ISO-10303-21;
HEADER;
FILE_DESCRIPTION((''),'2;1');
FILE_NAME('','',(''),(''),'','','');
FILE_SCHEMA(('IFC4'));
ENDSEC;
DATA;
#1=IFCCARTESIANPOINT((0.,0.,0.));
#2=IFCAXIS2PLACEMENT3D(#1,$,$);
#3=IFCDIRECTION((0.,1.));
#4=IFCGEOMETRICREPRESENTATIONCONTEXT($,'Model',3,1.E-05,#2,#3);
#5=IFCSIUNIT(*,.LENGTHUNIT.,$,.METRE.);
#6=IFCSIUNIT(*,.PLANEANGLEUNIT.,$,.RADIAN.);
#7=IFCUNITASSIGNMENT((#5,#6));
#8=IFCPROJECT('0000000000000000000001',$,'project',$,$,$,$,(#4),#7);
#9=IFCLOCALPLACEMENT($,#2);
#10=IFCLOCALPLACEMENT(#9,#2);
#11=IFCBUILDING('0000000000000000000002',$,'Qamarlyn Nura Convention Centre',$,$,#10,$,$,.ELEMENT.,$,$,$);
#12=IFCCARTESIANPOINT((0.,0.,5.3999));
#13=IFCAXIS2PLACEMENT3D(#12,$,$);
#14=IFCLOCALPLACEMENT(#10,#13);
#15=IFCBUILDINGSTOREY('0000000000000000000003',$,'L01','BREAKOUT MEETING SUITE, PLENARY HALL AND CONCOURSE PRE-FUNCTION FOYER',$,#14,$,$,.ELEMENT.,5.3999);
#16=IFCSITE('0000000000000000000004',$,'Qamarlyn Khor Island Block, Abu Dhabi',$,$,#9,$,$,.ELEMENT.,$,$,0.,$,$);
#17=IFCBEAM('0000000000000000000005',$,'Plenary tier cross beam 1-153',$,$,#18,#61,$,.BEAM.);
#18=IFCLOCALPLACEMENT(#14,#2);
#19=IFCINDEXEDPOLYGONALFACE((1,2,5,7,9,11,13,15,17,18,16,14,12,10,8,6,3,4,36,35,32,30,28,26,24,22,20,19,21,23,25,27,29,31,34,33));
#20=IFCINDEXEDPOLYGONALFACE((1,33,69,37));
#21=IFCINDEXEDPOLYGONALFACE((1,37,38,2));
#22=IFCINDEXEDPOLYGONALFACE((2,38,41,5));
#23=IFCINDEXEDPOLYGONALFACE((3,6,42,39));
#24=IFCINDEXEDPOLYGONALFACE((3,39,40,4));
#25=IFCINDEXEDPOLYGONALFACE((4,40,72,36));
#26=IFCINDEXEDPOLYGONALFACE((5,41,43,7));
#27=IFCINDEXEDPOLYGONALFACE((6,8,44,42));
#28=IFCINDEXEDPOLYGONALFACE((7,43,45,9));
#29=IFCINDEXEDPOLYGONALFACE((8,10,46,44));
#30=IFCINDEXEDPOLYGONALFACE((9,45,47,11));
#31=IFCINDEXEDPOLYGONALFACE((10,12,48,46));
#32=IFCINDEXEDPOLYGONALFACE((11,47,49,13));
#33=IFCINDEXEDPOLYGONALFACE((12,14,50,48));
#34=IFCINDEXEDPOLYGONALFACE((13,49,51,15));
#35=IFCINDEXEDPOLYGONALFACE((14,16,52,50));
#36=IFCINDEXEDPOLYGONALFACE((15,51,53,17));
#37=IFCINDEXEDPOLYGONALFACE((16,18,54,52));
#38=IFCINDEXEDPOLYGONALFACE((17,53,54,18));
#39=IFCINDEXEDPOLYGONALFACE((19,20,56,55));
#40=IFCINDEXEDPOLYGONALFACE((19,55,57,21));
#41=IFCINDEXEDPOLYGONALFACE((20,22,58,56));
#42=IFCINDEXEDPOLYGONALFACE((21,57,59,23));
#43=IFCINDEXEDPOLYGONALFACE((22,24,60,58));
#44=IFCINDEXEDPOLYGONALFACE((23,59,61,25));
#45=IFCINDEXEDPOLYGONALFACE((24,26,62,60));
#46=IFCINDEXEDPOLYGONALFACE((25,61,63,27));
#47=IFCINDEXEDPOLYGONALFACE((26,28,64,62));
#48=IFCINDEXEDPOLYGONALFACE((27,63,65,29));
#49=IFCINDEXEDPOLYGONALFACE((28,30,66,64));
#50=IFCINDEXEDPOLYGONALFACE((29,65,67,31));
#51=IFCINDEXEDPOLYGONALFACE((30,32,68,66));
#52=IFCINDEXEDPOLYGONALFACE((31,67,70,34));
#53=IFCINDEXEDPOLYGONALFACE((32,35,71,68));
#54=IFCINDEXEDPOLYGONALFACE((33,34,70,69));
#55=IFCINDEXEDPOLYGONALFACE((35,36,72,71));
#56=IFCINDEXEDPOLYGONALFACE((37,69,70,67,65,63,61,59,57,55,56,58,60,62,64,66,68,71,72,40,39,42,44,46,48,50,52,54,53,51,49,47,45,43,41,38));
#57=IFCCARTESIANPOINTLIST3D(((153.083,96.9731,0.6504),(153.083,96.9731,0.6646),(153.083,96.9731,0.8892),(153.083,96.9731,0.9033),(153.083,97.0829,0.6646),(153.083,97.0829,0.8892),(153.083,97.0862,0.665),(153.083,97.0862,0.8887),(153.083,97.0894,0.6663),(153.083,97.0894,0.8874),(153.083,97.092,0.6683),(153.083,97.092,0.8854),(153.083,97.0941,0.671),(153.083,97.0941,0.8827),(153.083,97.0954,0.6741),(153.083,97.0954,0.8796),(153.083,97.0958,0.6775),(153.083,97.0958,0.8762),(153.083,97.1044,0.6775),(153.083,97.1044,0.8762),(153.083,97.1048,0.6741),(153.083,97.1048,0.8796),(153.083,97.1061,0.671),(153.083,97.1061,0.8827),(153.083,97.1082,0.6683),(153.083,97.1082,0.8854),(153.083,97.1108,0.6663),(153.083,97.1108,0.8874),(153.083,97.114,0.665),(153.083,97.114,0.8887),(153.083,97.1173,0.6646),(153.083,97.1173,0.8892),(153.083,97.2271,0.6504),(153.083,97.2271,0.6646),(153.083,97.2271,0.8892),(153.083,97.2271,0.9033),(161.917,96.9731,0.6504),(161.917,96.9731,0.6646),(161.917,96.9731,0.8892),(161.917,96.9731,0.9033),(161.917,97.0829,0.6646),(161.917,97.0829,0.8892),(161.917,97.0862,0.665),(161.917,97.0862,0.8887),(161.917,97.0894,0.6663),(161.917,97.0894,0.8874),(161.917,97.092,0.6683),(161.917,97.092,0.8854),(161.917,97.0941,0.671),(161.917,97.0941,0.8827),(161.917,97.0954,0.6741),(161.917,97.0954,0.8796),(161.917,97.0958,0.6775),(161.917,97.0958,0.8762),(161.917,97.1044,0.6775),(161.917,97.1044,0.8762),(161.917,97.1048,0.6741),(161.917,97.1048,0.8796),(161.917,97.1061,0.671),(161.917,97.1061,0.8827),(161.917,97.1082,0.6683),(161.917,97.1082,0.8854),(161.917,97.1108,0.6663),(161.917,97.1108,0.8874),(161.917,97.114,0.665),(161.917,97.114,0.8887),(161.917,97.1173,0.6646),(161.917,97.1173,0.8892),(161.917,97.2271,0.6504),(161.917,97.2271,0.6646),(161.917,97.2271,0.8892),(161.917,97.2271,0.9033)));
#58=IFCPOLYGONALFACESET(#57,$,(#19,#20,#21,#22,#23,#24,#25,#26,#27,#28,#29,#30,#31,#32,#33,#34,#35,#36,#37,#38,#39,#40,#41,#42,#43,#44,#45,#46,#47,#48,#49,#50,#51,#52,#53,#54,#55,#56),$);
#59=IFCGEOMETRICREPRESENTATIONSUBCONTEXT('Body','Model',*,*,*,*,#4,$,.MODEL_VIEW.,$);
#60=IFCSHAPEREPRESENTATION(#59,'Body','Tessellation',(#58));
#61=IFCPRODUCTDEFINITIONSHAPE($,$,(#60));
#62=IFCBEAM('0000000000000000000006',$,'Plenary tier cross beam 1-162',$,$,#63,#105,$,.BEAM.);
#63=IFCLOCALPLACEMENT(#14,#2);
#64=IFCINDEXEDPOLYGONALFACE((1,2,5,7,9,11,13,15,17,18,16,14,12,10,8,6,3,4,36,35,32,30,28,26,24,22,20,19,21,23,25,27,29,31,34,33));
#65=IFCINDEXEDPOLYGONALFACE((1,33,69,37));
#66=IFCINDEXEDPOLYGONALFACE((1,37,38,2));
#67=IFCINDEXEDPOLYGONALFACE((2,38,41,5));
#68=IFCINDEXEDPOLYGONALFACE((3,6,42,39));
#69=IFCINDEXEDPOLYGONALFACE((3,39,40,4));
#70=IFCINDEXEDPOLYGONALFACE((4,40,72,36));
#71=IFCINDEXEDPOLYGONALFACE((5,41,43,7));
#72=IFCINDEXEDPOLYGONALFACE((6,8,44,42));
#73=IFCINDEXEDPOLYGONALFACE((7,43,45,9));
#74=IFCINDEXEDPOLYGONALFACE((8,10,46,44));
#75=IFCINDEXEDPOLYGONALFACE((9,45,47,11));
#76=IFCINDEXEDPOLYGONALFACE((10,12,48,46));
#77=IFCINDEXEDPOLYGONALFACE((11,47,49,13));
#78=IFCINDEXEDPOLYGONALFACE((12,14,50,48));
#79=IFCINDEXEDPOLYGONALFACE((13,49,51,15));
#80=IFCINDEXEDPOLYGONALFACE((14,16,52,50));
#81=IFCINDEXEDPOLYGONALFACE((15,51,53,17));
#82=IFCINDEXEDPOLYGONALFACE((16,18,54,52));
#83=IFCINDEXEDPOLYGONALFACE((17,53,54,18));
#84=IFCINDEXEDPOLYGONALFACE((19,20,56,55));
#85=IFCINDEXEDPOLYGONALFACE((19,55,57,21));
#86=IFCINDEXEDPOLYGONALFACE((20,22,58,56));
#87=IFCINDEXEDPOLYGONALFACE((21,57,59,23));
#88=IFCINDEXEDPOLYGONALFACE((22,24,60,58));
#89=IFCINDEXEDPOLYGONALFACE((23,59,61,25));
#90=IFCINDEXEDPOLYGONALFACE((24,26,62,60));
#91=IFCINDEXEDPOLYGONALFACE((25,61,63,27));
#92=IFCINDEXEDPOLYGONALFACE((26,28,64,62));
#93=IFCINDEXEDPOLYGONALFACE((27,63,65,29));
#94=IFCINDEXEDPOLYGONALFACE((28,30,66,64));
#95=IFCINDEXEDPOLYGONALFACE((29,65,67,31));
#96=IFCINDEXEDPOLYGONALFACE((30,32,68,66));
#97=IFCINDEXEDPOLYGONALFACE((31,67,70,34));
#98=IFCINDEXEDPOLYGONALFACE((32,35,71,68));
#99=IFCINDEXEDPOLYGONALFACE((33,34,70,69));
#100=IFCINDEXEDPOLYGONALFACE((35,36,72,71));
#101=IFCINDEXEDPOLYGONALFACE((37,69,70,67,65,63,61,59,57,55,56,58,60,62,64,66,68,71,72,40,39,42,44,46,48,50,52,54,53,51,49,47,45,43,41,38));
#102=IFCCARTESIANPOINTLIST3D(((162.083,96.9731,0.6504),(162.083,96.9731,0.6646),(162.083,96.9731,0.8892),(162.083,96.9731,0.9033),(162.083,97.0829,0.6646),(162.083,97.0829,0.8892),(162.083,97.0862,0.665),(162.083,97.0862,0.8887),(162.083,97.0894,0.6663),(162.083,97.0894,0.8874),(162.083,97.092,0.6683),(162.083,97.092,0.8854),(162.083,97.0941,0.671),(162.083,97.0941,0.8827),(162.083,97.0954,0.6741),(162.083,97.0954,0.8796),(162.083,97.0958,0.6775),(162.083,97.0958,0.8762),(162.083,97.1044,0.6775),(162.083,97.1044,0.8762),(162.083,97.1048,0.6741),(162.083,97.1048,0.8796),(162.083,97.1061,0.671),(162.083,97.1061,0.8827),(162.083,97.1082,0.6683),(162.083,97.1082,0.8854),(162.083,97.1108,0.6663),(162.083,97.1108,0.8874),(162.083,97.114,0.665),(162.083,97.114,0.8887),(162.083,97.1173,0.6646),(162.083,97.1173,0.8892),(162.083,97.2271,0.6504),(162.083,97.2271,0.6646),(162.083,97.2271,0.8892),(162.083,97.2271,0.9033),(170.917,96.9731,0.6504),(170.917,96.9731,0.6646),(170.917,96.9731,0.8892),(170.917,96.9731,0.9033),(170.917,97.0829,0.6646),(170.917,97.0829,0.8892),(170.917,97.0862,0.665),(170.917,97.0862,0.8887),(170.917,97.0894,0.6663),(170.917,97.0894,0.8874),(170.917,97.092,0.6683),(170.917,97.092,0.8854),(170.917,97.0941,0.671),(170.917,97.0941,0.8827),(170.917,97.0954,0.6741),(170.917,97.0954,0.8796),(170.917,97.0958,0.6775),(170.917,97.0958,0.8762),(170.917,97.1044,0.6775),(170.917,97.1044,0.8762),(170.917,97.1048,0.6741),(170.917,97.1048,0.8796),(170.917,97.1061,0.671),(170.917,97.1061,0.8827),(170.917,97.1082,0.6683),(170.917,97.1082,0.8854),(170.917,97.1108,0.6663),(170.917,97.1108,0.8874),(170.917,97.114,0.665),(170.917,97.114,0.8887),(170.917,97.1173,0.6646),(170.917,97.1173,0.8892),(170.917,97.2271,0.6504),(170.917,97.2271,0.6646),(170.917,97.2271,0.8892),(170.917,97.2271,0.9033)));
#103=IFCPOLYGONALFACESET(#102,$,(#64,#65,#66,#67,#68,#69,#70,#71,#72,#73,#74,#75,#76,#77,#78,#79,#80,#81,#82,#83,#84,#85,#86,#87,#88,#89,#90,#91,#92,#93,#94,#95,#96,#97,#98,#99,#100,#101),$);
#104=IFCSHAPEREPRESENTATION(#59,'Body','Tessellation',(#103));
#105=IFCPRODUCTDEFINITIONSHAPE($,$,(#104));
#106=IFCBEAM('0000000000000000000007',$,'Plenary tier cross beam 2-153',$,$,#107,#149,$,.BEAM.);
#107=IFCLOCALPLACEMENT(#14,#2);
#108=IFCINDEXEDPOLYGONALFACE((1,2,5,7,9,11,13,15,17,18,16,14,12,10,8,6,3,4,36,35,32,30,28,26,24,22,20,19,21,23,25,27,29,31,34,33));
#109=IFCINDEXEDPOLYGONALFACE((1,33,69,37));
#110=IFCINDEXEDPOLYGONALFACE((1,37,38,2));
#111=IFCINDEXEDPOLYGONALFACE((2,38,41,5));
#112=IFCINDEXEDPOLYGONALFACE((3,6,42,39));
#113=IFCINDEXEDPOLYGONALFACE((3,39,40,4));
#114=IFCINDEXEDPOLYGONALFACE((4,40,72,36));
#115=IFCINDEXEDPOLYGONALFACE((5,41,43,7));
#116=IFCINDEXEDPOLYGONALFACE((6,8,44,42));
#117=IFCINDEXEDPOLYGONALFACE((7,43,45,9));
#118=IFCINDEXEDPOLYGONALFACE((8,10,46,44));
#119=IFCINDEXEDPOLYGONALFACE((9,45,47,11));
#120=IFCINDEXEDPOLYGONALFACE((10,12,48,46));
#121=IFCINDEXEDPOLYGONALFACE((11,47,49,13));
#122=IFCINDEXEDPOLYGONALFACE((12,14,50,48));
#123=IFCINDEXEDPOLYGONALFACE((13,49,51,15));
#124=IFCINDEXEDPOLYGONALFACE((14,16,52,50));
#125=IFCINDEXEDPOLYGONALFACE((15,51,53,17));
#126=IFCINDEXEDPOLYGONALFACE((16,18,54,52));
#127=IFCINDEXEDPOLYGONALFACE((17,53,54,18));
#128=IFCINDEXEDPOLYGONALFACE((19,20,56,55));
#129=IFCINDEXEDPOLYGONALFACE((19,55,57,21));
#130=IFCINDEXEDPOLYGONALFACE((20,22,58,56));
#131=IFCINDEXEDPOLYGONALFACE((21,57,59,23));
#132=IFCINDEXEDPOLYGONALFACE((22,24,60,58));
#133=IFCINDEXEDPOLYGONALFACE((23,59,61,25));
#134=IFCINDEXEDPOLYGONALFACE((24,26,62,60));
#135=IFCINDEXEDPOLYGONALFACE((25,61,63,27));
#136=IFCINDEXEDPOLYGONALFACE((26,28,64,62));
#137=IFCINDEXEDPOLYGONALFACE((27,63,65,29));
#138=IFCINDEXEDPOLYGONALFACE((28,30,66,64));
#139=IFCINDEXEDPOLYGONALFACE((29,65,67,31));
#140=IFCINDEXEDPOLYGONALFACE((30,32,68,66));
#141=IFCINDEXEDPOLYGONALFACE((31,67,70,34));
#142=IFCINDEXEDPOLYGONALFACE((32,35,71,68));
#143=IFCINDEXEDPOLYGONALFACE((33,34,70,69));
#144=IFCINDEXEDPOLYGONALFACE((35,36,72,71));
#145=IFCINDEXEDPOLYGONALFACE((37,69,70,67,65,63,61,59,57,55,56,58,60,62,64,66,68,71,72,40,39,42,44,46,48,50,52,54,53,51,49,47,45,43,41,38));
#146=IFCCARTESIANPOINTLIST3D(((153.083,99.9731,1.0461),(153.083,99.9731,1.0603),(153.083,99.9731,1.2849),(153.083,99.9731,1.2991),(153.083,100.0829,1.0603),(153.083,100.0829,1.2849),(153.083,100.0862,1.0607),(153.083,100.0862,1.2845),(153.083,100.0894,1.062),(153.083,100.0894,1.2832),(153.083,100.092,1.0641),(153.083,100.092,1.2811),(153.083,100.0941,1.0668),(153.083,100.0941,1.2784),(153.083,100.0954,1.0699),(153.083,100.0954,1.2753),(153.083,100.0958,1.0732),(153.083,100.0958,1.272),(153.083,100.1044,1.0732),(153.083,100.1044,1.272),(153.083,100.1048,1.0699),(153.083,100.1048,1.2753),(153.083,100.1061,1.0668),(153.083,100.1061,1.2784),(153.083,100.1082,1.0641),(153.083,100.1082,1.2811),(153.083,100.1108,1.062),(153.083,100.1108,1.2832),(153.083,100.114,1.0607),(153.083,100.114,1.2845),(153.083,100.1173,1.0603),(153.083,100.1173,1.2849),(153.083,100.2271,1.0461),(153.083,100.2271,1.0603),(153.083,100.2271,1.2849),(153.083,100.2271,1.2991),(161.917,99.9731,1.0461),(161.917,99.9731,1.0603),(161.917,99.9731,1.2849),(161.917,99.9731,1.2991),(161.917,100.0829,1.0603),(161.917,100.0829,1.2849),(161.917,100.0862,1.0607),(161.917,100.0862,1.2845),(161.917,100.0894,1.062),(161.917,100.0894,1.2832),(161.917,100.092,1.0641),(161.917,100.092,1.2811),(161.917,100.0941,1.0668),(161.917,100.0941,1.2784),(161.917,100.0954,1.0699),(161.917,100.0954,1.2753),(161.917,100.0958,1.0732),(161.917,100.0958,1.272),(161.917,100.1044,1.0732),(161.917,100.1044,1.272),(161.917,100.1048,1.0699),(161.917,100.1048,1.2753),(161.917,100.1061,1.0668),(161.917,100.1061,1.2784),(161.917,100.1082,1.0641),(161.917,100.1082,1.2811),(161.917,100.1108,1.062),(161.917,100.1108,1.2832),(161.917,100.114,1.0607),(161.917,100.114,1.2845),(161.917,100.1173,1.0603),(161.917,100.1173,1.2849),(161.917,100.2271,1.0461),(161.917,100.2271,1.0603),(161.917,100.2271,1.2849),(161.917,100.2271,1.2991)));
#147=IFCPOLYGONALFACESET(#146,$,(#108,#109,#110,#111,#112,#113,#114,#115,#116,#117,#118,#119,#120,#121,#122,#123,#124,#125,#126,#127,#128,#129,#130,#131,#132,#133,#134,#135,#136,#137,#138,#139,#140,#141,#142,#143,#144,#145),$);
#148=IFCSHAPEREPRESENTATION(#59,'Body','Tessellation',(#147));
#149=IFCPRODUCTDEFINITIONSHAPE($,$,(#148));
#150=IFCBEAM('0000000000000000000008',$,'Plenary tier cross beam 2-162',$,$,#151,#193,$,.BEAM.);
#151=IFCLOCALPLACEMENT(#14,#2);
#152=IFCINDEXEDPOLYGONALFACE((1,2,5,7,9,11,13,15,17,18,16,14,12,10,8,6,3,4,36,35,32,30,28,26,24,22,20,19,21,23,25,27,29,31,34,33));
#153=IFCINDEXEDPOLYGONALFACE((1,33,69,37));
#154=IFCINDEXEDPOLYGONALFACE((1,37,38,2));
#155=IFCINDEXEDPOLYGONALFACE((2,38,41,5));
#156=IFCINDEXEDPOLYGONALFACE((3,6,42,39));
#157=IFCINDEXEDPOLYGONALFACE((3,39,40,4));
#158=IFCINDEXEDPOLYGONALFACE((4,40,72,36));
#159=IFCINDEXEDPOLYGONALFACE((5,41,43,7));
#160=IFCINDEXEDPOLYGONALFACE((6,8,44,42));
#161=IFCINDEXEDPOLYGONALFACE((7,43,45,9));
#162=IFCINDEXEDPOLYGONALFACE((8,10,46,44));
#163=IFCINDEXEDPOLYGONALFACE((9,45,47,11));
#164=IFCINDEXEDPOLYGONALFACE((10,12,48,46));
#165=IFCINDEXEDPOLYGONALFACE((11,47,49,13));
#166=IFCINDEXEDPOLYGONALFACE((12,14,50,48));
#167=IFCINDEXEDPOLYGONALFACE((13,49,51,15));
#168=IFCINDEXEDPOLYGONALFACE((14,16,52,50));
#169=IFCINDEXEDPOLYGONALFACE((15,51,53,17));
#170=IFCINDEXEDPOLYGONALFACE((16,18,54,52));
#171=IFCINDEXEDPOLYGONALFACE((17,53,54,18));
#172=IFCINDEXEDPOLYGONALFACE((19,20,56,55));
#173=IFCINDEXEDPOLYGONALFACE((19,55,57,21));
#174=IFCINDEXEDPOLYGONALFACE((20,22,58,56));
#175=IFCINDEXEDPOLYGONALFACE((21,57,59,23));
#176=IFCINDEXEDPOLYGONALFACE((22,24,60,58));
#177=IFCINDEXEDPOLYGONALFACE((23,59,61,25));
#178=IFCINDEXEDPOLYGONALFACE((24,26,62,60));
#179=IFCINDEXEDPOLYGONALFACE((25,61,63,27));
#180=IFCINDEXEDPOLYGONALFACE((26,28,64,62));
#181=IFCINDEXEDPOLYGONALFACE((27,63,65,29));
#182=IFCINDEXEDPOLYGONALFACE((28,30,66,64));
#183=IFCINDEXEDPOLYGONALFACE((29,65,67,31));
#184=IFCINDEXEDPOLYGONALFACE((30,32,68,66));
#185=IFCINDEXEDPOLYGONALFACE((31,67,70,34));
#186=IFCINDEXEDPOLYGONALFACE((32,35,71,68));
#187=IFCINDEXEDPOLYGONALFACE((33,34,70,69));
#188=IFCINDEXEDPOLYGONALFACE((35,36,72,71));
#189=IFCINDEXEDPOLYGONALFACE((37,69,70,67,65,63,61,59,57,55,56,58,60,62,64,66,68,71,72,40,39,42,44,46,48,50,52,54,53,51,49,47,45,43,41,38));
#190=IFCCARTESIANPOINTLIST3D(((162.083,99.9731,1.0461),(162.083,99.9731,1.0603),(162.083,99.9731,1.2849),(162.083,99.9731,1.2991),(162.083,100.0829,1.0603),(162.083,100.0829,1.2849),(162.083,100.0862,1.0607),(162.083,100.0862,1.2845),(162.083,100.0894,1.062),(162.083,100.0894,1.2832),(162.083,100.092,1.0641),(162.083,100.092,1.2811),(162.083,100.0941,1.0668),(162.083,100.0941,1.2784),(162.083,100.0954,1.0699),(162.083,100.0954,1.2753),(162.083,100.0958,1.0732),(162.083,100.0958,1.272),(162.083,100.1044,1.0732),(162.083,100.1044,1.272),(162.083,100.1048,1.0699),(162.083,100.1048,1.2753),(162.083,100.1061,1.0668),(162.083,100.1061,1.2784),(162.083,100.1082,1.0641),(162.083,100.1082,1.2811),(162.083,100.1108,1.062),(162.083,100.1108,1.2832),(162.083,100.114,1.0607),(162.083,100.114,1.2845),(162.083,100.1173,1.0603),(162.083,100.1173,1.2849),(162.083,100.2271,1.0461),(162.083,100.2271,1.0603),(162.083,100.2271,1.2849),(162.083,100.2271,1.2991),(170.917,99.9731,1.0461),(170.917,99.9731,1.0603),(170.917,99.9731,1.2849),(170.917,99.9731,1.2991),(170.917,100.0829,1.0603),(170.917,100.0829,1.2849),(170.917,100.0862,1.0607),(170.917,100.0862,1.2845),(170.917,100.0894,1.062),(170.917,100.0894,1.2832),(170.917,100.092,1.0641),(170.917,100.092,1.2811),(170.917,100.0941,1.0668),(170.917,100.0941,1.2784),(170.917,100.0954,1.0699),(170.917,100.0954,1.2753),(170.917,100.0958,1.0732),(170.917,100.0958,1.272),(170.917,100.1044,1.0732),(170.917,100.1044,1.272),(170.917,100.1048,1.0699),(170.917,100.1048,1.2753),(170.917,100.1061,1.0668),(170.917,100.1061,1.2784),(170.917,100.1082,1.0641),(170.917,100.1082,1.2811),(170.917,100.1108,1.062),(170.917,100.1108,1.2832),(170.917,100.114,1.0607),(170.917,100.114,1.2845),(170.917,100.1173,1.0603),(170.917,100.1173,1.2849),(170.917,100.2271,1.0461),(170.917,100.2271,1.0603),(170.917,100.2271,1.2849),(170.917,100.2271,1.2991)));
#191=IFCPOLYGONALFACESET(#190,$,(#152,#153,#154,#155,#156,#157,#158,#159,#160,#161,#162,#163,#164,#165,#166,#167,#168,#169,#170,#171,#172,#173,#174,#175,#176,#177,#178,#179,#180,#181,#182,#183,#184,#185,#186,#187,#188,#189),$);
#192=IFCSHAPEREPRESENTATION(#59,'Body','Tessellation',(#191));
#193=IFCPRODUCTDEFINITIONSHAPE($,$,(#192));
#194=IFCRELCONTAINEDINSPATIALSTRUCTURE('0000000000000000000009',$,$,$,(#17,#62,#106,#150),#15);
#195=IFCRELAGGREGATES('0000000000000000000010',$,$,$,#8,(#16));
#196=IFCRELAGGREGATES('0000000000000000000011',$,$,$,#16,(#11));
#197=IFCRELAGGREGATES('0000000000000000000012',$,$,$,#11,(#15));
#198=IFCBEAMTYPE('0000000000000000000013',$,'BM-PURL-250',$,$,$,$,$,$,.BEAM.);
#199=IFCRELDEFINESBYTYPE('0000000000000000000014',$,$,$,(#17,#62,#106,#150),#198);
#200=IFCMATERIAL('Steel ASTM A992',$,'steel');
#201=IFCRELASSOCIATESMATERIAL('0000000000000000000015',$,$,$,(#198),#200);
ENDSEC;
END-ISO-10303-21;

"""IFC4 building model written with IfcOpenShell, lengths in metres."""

from ifc_helpers import new_model, si_unit, direction, frame, origin, origin_2d, place, context, subcontext, project, spatial, i_section, extrude, material, material_profile, profile_set, type_object, element, save


model = new_model("IFC4")

# Units and contexts
model_context = context("Model", 3, precision=1e-05, world=origin(), true_north=direction((0.0, 1.0)))
body_context = subcontext(model_context, "Body", "Model", "MODEL_VIEW")
ifc_project = project(units=[si_unit("LENGTHUNIT", "METRE"), si_unit("PLANEANGLEUNIT", "RADIAN")], contexts=[model_context])

# Site, building, storey
site_placement = place(None, origin())
site = spatial("IfcSite", under=ifc_project, at=site_placement, Name="Qamarlyn Khor Island Block, Abu Dhabi", CompositionType="ELEMENT", RefElevation=0.0)
building_placement = place(site_placement, origin())
building = spatial("IfcBuilding", under=site, at=building_placement, Name="Qamarlyn Nura Convention Centre", CompositionType="ELEMENT")
storey_placement = place(building_placement, frame((0.0, 0.0, 5.3999)))
storey = spatial("IfcBuildingStorey", under=building, at=storey_placement, Name="L01", Description="BREAKOUT MEETING SUITE, PLENARY HALL AND CONCOURSE PRE-FUNCTION FOYER", CompositionType="ELEMENT", Elevation=5.3999)

# Beams
ifc_material_1 = material(Name="Steel ASTM A992", Category="steel")
ifc_material_profile = material_profile(ifc_material_1, i_section(OverallWidth=0.2539, OverallDepth=0.2529, WebThickness=0.0085, FlangeThickness=0.0142, FilletRadius=0.0129, at=origin_2d()), Name="W250X73")
ifc_profile_set = profile_set([ifc_material_profile], Name="Steel ASTM A992")
beam_type = type_object("IfcBeamType", Name="BM-PURL-250", PredefinedType="BEAM", material=ifc_profile_set)
for number, where, z_axis, x_axis, name in (
    (1, (153.083, 97.1001, 0.7769), (1.0, 0.0, 0.0), (0.0, 1.0, 0.0), "Plenary tier cross beam 1-153"),
    (2, (162.083, 97.1001, 0.7769), (1.0, 0.0, 0.0), (0.0, 1.0, 0.0), "Plenary tier cross beam 1-162"),
    (3, (153.083, 100.1001, 1.1726), (1.0, 0.0, 0.0), (0.0, 1.0, 0.0), "Plenary tier cross beam 2-153"),
    (4, (162.083, 100.1001, 1.1726), (1.0, 0.0, 0.0), (0.0, 1.0, 0.0), "Plenary tier cross beam 2-162"),
):
    element("IfcBeam", number, at=place(storey_placement, frame(where, z_axis=z_axis, x_axis=x_axis)), inside=storey, type_object=beam_type, Name=name, PredefinedType="BEAM", context=body_context, shape_type="SweptSolid", body=[
        extrude(i_section(OverallWidth=0.2539, OverallDepth=0.2529, WebThickness=0.0085, FlangeThickness=0.0142, FilletRadius=0.0129, at=origin_2d()), origin(), (0.0, 0.0, 1.0), 8.834),
    ])

save(model, "model.ifc")
